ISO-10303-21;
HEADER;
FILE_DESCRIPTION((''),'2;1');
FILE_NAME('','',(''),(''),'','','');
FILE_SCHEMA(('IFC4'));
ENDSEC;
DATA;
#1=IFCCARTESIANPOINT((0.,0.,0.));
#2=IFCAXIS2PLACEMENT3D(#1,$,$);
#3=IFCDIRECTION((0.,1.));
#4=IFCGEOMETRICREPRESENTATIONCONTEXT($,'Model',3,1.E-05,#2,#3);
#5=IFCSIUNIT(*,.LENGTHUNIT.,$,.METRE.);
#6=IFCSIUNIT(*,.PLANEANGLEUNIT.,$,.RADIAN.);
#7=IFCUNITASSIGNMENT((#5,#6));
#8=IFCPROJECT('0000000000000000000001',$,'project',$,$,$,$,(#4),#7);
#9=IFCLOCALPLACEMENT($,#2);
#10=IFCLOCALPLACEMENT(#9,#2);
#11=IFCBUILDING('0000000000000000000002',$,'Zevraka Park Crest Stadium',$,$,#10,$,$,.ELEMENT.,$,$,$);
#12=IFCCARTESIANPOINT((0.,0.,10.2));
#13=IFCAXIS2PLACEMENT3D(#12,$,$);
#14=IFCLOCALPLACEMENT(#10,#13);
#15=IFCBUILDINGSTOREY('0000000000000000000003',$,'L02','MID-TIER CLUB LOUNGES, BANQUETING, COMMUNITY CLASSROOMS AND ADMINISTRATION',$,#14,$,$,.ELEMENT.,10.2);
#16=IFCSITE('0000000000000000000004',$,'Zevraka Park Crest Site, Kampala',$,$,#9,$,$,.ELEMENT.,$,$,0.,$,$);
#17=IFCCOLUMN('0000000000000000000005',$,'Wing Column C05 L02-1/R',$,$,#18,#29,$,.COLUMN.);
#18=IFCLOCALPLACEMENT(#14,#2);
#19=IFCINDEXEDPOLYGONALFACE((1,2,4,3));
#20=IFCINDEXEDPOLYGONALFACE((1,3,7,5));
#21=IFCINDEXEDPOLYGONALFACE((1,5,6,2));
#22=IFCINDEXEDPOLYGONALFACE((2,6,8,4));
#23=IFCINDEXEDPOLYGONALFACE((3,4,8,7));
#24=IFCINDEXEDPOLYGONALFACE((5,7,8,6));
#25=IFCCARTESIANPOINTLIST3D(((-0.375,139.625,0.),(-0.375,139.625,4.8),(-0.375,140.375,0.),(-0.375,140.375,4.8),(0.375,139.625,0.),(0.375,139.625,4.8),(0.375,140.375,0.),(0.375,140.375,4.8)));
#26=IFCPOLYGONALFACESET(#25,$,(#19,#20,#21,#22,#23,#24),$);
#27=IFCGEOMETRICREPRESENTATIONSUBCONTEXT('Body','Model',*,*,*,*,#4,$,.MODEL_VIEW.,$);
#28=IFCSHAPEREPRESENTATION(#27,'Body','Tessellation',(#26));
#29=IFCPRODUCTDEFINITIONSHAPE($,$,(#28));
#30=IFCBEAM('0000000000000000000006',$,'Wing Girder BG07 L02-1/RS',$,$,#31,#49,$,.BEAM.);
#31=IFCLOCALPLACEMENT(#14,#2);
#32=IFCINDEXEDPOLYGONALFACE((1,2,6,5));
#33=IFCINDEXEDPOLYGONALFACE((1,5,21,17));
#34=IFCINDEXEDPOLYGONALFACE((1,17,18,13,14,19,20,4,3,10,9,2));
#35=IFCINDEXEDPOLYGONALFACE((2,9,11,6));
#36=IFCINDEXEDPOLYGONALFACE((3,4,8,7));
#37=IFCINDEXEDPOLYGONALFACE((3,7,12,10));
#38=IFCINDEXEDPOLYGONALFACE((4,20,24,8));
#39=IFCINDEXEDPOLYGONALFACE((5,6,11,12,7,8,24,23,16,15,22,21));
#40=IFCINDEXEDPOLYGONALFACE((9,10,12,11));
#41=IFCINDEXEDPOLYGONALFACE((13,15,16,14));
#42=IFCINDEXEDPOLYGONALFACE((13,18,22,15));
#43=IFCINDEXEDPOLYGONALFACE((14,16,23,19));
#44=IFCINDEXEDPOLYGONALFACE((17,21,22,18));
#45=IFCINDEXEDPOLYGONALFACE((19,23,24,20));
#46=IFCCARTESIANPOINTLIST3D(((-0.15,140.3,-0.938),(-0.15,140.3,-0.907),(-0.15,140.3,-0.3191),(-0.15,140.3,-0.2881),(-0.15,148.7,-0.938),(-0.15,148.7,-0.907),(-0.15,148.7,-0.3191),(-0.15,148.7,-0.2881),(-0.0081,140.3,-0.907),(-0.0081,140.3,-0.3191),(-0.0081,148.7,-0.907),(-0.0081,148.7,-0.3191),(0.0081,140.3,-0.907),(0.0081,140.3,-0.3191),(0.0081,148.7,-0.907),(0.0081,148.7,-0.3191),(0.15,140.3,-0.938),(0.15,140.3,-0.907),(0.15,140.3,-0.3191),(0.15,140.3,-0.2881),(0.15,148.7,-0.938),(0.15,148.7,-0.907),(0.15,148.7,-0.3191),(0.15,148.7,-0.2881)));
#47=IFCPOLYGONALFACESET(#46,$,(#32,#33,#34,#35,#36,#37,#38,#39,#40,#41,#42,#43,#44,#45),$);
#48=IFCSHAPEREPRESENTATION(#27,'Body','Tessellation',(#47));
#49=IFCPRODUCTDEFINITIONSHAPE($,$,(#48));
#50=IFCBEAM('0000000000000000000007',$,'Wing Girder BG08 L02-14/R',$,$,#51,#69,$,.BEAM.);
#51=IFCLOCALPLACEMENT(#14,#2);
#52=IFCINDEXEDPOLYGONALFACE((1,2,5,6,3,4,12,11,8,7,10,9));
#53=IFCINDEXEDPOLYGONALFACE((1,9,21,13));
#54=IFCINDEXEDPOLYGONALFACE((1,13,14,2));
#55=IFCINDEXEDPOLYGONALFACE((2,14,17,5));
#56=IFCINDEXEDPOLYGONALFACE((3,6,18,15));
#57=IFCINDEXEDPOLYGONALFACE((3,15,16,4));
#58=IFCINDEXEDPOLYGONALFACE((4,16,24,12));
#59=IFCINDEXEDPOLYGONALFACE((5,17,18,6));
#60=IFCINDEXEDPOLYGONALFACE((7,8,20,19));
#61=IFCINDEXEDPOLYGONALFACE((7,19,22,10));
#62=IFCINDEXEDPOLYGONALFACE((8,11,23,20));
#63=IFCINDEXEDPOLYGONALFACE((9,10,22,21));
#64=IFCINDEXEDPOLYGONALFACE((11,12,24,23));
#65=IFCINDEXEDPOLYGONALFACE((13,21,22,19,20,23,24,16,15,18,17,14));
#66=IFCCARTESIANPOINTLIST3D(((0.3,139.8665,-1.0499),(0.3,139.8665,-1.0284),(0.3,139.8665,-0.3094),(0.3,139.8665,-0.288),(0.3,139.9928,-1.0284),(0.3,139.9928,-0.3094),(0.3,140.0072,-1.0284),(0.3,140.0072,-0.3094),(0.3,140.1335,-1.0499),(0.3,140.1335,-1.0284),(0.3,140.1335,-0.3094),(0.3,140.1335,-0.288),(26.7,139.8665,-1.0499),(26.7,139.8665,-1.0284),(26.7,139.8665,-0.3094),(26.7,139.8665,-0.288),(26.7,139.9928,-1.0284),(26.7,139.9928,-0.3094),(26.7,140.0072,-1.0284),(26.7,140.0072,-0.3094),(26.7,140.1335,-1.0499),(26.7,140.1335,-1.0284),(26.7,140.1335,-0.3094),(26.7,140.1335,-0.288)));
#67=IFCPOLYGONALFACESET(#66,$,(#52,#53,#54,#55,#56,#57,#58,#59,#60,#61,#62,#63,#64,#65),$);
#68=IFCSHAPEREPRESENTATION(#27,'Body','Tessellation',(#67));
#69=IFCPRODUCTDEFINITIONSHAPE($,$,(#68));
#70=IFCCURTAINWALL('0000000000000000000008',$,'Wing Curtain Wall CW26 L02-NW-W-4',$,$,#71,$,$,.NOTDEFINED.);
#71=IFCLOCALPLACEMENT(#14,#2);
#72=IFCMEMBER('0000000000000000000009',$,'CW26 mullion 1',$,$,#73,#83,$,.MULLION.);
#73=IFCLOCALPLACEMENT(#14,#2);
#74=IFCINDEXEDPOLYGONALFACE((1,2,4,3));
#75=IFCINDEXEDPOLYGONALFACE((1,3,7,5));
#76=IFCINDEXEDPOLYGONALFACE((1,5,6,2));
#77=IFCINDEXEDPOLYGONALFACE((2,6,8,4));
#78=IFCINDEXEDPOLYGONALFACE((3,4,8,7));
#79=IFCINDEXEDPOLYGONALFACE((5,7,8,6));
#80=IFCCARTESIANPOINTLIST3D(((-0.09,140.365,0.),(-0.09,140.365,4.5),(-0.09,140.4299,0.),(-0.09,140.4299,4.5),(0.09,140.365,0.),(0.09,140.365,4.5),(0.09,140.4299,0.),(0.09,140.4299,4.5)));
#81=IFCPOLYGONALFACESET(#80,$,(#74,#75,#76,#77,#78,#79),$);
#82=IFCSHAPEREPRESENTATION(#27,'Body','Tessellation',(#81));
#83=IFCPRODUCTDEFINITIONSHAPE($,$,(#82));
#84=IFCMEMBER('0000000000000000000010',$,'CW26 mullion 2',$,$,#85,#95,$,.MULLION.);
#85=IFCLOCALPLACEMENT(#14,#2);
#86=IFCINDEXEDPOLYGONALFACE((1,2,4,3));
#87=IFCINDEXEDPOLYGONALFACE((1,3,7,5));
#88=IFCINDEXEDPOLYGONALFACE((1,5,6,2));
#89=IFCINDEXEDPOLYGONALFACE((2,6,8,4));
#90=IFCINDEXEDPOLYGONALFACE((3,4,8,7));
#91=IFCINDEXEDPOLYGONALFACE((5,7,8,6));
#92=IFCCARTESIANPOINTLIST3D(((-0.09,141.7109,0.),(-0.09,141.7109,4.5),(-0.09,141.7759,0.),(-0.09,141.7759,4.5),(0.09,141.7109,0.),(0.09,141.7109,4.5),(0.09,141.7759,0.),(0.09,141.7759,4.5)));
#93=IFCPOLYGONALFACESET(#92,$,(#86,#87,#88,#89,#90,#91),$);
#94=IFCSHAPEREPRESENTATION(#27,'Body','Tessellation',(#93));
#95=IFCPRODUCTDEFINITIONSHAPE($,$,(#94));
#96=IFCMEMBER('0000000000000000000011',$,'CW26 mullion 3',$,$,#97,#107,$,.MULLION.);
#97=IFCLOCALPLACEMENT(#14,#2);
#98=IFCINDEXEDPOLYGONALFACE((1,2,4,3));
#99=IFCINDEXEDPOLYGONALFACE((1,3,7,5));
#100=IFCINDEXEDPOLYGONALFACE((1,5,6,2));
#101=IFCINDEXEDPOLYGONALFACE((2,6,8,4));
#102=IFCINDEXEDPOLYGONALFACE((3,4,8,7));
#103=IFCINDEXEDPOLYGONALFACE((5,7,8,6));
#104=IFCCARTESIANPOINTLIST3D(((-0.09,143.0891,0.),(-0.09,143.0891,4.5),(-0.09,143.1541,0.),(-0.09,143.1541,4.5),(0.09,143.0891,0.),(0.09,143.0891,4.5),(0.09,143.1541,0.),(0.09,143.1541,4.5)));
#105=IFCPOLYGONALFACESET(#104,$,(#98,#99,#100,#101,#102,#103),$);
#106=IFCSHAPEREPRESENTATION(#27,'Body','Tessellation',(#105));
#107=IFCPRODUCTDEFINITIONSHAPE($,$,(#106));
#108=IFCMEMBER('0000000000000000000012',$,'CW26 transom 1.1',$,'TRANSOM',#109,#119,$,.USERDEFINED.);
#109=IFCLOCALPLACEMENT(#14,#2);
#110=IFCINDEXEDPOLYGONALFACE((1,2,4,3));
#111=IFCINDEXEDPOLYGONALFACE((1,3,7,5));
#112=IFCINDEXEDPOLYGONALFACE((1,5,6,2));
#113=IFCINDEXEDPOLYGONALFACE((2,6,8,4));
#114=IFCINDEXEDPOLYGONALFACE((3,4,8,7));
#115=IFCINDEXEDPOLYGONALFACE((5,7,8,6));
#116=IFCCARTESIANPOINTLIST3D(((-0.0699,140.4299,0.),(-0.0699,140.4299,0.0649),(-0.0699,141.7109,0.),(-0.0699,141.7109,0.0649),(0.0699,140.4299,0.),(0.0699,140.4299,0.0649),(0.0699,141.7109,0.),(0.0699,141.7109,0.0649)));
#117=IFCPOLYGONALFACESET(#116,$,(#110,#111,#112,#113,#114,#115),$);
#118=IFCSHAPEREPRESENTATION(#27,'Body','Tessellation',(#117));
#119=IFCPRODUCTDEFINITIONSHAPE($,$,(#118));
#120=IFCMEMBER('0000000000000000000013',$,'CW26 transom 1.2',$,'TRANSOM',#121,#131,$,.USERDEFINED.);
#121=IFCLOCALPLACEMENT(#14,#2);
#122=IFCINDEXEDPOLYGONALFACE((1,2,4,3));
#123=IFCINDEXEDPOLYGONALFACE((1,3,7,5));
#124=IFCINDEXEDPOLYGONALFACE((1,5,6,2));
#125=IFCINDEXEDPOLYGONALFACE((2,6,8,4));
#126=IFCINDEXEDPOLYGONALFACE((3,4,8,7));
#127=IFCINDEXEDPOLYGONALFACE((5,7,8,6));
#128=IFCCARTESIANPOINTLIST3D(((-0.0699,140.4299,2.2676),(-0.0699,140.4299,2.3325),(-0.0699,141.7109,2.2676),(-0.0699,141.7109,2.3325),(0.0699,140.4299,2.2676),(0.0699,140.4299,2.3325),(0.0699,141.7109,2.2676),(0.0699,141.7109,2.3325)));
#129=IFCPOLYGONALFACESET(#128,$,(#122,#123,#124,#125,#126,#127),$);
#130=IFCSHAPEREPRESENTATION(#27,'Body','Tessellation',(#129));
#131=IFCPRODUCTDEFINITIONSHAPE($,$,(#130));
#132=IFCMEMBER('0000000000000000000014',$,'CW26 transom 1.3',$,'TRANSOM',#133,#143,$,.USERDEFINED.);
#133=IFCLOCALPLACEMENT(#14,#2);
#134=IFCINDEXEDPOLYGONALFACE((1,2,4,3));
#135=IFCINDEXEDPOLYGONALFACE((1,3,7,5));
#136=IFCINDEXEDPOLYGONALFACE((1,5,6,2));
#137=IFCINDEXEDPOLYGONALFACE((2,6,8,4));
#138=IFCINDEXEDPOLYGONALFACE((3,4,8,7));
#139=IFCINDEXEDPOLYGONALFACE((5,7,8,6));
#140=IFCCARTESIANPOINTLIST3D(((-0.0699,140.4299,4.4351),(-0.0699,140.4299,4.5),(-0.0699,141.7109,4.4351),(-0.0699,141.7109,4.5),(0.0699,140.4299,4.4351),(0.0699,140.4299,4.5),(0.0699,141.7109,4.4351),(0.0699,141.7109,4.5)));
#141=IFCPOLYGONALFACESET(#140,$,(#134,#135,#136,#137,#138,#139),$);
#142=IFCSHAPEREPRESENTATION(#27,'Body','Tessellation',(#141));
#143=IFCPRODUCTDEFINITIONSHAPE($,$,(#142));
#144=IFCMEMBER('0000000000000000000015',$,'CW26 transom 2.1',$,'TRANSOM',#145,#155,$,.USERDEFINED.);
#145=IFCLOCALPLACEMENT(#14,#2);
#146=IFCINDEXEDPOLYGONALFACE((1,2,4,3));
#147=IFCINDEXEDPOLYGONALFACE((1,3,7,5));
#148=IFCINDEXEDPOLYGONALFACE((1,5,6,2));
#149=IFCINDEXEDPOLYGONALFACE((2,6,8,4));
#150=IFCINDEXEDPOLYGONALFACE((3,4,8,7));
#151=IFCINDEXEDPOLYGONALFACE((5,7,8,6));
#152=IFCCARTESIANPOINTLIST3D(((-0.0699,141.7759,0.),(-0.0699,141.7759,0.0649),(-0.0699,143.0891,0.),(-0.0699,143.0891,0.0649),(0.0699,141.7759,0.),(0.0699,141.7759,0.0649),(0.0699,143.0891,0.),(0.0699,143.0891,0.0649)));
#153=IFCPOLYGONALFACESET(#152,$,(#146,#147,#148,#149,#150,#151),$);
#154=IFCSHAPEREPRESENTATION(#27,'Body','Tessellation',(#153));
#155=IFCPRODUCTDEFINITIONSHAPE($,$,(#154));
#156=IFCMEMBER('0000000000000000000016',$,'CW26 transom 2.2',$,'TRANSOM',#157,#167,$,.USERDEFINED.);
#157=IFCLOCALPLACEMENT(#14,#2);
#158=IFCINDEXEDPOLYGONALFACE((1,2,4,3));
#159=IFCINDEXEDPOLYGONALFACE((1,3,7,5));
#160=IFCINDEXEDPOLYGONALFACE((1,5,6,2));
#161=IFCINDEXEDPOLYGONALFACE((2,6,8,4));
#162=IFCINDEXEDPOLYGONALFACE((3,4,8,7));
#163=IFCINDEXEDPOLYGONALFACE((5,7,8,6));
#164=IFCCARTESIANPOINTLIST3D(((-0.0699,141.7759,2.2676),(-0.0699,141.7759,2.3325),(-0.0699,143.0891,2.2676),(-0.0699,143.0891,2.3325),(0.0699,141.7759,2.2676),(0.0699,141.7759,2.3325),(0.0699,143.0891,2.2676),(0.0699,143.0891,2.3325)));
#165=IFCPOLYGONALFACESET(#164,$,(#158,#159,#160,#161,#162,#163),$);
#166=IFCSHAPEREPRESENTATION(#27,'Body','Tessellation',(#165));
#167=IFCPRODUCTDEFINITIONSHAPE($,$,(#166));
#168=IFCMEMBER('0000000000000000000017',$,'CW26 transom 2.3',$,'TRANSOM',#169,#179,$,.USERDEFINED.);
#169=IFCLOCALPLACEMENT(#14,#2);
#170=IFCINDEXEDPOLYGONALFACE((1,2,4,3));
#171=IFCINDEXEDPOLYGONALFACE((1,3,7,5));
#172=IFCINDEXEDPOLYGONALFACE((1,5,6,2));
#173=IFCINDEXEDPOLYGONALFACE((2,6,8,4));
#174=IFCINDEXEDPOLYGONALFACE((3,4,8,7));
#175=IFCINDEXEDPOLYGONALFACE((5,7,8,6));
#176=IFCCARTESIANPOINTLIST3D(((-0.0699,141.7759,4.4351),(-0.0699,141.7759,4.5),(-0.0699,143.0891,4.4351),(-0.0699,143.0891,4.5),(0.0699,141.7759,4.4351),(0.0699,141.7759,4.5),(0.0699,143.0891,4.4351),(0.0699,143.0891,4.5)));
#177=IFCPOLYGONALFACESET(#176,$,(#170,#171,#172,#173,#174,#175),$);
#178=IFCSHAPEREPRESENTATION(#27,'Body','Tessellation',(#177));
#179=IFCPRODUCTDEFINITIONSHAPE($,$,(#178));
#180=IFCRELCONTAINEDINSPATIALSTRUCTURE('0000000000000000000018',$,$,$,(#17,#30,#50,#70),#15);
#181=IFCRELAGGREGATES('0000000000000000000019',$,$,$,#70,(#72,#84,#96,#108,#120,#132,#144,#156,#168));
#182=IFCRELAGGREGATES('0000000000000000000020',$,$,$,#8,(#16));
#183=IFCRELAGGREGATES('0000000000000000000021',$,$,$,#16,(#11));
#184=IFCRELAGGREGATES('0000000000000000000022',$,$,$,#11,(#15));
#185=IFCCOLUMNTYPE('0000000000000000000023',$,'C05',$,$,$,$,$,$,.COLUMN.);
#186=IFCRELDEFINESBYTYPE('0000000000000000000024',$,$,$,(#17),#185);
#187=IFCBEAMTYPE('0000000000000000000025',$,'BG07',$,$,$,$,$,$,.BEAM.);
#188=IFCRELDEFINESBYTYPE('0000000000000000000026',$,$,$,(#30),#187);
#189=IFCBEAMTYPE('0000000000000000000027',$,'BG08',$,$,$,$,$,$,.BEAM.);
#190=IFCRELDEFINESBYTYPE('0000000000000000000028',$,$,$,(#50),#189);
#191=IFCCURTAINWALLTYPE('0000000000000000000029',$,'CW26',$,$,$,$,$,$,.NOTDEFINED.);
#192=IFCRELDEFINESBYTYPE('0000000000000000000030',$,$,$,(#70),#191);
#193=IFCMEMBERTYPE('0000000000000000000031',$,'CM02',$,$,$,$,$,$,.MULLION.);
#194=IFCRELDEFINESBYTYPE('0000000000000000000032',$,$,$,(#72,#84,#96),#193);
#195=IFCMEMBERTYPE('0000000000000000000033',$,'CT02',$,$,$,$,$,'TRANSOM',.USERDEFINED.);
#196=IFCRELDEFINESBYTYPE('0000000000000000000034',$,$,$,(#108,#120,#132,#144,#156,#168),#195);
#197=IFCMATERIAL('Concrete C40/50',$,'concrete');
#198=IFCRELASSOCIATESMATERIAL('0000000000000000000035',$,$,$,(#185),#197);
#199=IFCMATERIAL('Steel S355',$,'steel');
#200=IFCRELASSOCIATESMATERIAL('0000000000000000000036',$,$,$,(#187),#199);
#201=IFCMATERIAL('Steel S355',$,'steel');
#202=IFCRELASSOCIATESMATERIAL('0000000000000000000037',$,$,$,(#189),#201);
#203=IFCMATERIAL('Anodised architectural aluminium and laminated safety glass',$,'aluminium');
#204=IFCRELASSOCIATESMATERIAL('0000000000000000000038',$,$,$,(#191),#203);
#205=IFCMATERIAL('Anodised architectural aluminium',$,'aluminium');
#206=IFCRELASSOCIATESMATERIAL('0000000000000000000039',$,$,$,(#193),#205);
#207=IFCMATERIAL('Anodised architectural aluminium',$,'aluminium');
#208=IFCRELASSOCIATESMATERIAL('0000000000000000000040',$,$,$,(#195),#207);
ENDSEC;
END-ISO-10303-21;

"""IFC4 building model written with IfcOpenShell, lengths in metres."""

from ifc_helpers import new_model, si_unit, direction, frame, origin, origin_2d, place, context, subcontext, project, spatial, rectangle, i_section, extrude, material, material_profile, profile_set, type_object, element, aggregate, save


model = new_model("IFC4")

# Units and contexts
model_context = context("Model", 3, precision=1e-05, world=origin(), true_north=direction((0.0, 1.0)))
body_context = subcontext(model_context, "Body", "Model", "MODEL_VIEW")
ifc_project = project(units=[si_unit("LENGTHUNIT", "METRE"), si_unit("PLANEANGLEUNIT", "RADIAN")], contexts=[model_context])

# Site, building, storey
site_placement = place(None, origin())
site = spatial("IfcSite", under=ifc_project, at=site_placement, Name="Zevraka Park Crest Site, Kampala", CompositionType="ELEMENT", RefElevation=0.0)
building_placement = place(site_placement, origin())
building = spatial("IfcBuilding", under=site, at=building_placement, Name="Zevraka Park Crest Stadium", CompositionType="ELEMENT")
storey_placement = place(building_placement, frame((0.0, 0.0, 10.2)))
storey = spatial("IfcBuildingStorey", under=building, at=storey_placement, Name="L02", Description="MID-TIER CLUB LOUNGES, BANQUETING, COMMUNITY CLASSROOMS AND ADMINISTRATION", CompositionType="ELEMENT", Elevation=10.2)

# Column
ifc_material_1 = material(Name="Concrete C40/50", Category="concrete")
ifc_material_profile_1 = material_profile(ifc_material_1, rectangle(XDim=0.75, YDim=0.75, at=origin_2d()), Name="RC 750x750")
ifc_profile_set_1 = profile_set([ifc_material_profile_1], Name="Concrete C40/50")
column_type = type_object("IfcColumnType", Name="C05", PredefinedType="COLUMN", material=ifc_profile_set_1)
column_placement = place(storey_placement, frame((0.0, 140.0, 0.0), z_axis=(0.0, 0.0, 1.0), x_axis=(1.0, 0.0, 0.0)))
element("IfcColumn", 1, at=column_placement, inside=storey, type_object=column_type, Name="Wing Column C05 L02-1/R", PredefinedType="COLUMN", context=body_context, shape_type="SweptSolid", body=[
    extrude(rectangle(XDim=0.75, YDim=0.75, at=origin_2d()), origin(), (0.0, 0.0, 1.0), 4.8),
])

# Beams
ifc_material_2 = material(Name="Steel S355", Category="steel")
ifc_material_profile_2 = material_profile(ifc_material_2, i_section(OverallWidth=0.3, OverallDepth=0.6499, WebThickness=0.0161, FlangeThickness=0.031, at=origin_2d()), Name="HEB 650")
ifc_profile_set_2 = profile_set([ifc_material_profile_2], Name="Steel S355")
beam_type_1 = type_object("IfcBeamType", Name="BG07", PredefinedType="BEAM", material=ifc_profile_set_2)
beam_1_placement = place(storey_placement, frame((0.0, 140.3, -0.613), z_axis=(0.0, 1.0, 0.0), x_axis=(-1.0, 0.0, 0.0)))
element("IfcBeam", 2, at=beam_1_placement, inside=storey, type_object=beam_type_1, Name="Wing Girder BG07 L02-1/RS", PredefinedType="BEAM", context=body_context, shape_type="SweptSolid", body=[
    extrude(i_section(OverallWidth=0.3, OverallDepth=0.6499, WebThickness=0.0161, FlangeThickness=0.031, at=origin_2d()), origin(), (0.0, 0.0, 1.0), 8.3999),
])
ifc_material_3 = material(Name="Steel S355", Category="steel")
ifc_material_profile_3 = material_profile(ifc_material_3, i_section(OverallWidth=0.2671, OverallDepth=0.762, WebThickness=0.0144, FlangeThickness=0.0215, at=origin_2d()), Name="UKB 762x267x173")
ifc_profile_set_3 = profile_set([ifc_material_profile_3], Name="Steel S355")
beam_type_2 = type_object("IfcBeamType", Name="BG08", PredefinedType="BEAM", material=ifc_profile_set_3)
beam_2_placement = place(storey_placement, frame((0.3, 140.0, -0.6689), z_axis=(1.0, 0.0, 0.0), x_axis=(0.0, 1.0, 0.0)))
element("IfcBeam", 3, at=beam_2_placement, inside=storey, type_object=beam_type_2, Name="Wing Girder BG08 L02-14/R", PredefinedType="BEAM", context=body_context, shape_type="SweptSolid", body=[
    extrude(i_section(OverallWidth=0.2671, OverallDepth=0.762, WebThickness=0.0144, FlangeThickness=0.0215, at=origin_2d()), origin(), (0.0, 0.0, 1.0), 26.3999),
])

# Curtain wall, members
ifc_material_4 = material(Name="Anodised architectural aluminium and laminated safety glass", Category="aluminium")
curtain_wall_type = type_object("IfcCurtainWallType", Name="CW26", PredefinedType="NOTDEFINED", material=ifc_material_4)
curtain_wall_placement = place(storey_placement, origin())
curtain_wall = element("IfcCurtainWall", 4, at=curtain_wall_placement, inside=storey, type_object=curtain_wall_type, Name="Wing Curtain Wall CW26 L02-NW-W-4", PredefinedType="NOTDEFINED")
ifc_material_5 = material(Name="Anodised architectural aluminium", Category="aluminium")
ifc_material_profile_4 = material_profile(ifc_material_5, rectangle(XDim=0.1799, YDim=0.0649, at=origin_2d()), Name="ALU MULLION 180x65")
ifc_profile_set_4 = profile_set([ifc_material_profile_4], Name="Anodised architectural aluminium")
member_type_1 = type_object("IfcMemberType", Name="CM02", PredefinedType="MULLION", material=ifc_profile_set_4)
member_1_placement = place(storey_placement, frame((0.0, 140.3975, 0.0), z_axis=(0.0, 0.0, 1.0), x_axis=(-1.0, 0.0, 0.0)))
member_1 = element("IfcMember", 5, at=member_1_placement, type_object=member_type_1, Name="CW26 mullion 1", PredefinedType="MULLION", context=body_context, shape_type="SweptSolid", body=[
    extrude(rectangle(XDim=0.1799, YDim=0.0649, at=origin_2d()), origin(), (0.0, 0.0, 1.0), 4.5),
])
member_2_placement = place(storey_placement, frame((0.0, 141.7434, 0.0), z_axis=(0.0, 0.0, 1.0), x_axis=(-1.0, 0.0, 0.0)))
member_2 = element("IfcMember", 6, at=member_2_placement, type_object=member_type_1, Name="CW26 mullion 2", PredefinedType="MULLION", context=body_context, shape_type="SweptSolid", body=[
    extrude(rectangle(XDim=0.1799, YDim=0.0649, at=origin_2d()), origin(), (0.0, 0.0, 1.0), 4.5),
])
member_3_placement = place(storey_placement, frame((0.0, 143.1216, 0.0), z_axis=(0.0, 0.0, 1.0), x_axis=(-1.0, 0.0, 0.0)))
member_3 = element("IfcMember", 7, at=member_3_placement, type_object=member_type_1, Name="CW26 mullion 3", PredefinedType="MULLION", context=body_context, shape_type="SweptSolid", body=[
    extrude(rectangle(XDim=0.1799, YDim=0.0649, at=origin_2d()), origin(), (0.0, 0.0, 1.0), 4.5),
])
ifc_material_6 = material(Name="Anodised architectural aluminium", Category="aluminium")
ifc_material_profile_5 = material_profile(ifc_material_6, rectangle(XDim=0.1399, YDim=0.0649, at=origin_2d()), Name="ALU TRANSOM 140x65")
ifc_profile_set_5 = profile_set([ifc_material_profile_5], Name="Anodised architectural aluminium")
member_type_2 = type_object("IfcMemberType", Name="CT02", ElementType="TRANSOM", PredefinedType="USERDEFINED", material=ifc_profile_set_5)
member_4_placement = place(storey_placement, frame((0.0, 140.4299, 0.0325), z_axis=(0.0, 1.0, 0.0), x_axis=(-1.0, 0.0, 0.0)))
member_4 = element("IfcMember", 8, at=member_4_placement, type_object=member_type_2, Name="CW26 transom 1.1", ObjectType="TRANSOM", PredefinedType="USERDEFINED", context=body_context, shape_type="SweptSolid", body=[
    extrude(rectangle(XDim=0.1399, YDim=0.0649, at=origin_2d()), origin(), (0.0, 0.0, 1.0), 1.281),
])
member_5_placement = place(storey_placement, frame((0.0, 140.4299, 2.3), z_axis=(0.0, 1.0, 0.0), x_axis=(-1.0, 0.0, 0.0)))
member_5 = element("IfcMember", 9, at=member_5_placement, type_object=member_type_2, Name="CW26 transom 1.2", ObjectType="TRANSOM", PredefinedType="USERDEFINED", context=body_context, shape_type="SweptSolid", body=[
    extrude(rectangle(XDim=0.1399, YDim=0.0649, at=origin_2d()), origin(), (0.0, 0.0, 1.0), 1.281),
])
member_6_placement = place(storey_placement, frame((0.0, 140.4299, 4.4675), z_axis=(0.0, 1.0, 0.0), x_axis=(-1.0, 0.0, 0.0)))
member_6 = element("IfcMember", 10, at=member_6_placement, type_object=member_type_2, Name="CW26 transom 1.3", ObjectType="TRANSOM", PredefinedType="USERDEFINED", context=body_context, shape_type="SweptSolid", body=[
    extrude(rectangle(XDim=0.1399, YDim=0.0649, at=origin_2d()), origin(), (0.0, 0.0, 1.0), 1.281),
])
member_7_placement = place(storey_placement, frame((0.0, 141.7759, 0.0325), z_axis=(0.0, 1.0, 0.0), x_axis=(-1.0, 0.0, 0.0)))
member_7 = element("IfcMember", 11, at=member_7_placement, type_object=member_type_2, Name="CW26 transom 2.1", ObjectType="TRANSOM", PredefinedType="USERDEFINED", context=body_context, shape_type="SweptSolid", body=[
    extrude(rectangle(XDim=0.1399, YDim=0.0649, at=origin_2d()), origin(), (0.0, 0.0, 1.0), 1.3132),
])
member_8_placement = place(storey_placement, frame((0.0, 141.7759, 2.3), z_axis=(0.0, 1.0, 0.0), x_axis=(-1.0, 0.0, 0.0)))
member_8 = element("IfcMember", 12, at=member_8_placement, type_object=member_type_2, Name="CW26 transom 2.2", ObjectType="TRANSOM", PredefinedType="USERDEFINED", context=body_context, shape_type="SweptSolid", body=[
    extrude(rectangle(XDim=0.1399, YDim=0.0649, at=origin_2d()), origin(), (0.0, 0.0, 1.0), 1.3132),
])
member_9_placement = place(storey_placement, frame((0.0, 141.7759, 4.4675), z_axis=(0.0, 1.0, 0.0), x_axis=(-1.0, 0.0, 0.0)))
member_9 = element("IfcMember", 13, at=member_9_placement, type_object=member_type_2, Name="CW26 transom 2.3", ObjectType="TRANSOM", PredefinedType="USERDEFINED", context=body_context, shape_type="SweptSolid", body=[
    extrude(rectangle(XDim=0.1399, YDim=0.0649, at=origin_2d()), origin(), (0.0, 0.0, 1.0), 1.3132),
])
aggregate(curtain_wall, [member_1, member_2, member_3, member_4, member_5, member_6, member_7, member_8, member_9])

save(model, "model.ifc")
